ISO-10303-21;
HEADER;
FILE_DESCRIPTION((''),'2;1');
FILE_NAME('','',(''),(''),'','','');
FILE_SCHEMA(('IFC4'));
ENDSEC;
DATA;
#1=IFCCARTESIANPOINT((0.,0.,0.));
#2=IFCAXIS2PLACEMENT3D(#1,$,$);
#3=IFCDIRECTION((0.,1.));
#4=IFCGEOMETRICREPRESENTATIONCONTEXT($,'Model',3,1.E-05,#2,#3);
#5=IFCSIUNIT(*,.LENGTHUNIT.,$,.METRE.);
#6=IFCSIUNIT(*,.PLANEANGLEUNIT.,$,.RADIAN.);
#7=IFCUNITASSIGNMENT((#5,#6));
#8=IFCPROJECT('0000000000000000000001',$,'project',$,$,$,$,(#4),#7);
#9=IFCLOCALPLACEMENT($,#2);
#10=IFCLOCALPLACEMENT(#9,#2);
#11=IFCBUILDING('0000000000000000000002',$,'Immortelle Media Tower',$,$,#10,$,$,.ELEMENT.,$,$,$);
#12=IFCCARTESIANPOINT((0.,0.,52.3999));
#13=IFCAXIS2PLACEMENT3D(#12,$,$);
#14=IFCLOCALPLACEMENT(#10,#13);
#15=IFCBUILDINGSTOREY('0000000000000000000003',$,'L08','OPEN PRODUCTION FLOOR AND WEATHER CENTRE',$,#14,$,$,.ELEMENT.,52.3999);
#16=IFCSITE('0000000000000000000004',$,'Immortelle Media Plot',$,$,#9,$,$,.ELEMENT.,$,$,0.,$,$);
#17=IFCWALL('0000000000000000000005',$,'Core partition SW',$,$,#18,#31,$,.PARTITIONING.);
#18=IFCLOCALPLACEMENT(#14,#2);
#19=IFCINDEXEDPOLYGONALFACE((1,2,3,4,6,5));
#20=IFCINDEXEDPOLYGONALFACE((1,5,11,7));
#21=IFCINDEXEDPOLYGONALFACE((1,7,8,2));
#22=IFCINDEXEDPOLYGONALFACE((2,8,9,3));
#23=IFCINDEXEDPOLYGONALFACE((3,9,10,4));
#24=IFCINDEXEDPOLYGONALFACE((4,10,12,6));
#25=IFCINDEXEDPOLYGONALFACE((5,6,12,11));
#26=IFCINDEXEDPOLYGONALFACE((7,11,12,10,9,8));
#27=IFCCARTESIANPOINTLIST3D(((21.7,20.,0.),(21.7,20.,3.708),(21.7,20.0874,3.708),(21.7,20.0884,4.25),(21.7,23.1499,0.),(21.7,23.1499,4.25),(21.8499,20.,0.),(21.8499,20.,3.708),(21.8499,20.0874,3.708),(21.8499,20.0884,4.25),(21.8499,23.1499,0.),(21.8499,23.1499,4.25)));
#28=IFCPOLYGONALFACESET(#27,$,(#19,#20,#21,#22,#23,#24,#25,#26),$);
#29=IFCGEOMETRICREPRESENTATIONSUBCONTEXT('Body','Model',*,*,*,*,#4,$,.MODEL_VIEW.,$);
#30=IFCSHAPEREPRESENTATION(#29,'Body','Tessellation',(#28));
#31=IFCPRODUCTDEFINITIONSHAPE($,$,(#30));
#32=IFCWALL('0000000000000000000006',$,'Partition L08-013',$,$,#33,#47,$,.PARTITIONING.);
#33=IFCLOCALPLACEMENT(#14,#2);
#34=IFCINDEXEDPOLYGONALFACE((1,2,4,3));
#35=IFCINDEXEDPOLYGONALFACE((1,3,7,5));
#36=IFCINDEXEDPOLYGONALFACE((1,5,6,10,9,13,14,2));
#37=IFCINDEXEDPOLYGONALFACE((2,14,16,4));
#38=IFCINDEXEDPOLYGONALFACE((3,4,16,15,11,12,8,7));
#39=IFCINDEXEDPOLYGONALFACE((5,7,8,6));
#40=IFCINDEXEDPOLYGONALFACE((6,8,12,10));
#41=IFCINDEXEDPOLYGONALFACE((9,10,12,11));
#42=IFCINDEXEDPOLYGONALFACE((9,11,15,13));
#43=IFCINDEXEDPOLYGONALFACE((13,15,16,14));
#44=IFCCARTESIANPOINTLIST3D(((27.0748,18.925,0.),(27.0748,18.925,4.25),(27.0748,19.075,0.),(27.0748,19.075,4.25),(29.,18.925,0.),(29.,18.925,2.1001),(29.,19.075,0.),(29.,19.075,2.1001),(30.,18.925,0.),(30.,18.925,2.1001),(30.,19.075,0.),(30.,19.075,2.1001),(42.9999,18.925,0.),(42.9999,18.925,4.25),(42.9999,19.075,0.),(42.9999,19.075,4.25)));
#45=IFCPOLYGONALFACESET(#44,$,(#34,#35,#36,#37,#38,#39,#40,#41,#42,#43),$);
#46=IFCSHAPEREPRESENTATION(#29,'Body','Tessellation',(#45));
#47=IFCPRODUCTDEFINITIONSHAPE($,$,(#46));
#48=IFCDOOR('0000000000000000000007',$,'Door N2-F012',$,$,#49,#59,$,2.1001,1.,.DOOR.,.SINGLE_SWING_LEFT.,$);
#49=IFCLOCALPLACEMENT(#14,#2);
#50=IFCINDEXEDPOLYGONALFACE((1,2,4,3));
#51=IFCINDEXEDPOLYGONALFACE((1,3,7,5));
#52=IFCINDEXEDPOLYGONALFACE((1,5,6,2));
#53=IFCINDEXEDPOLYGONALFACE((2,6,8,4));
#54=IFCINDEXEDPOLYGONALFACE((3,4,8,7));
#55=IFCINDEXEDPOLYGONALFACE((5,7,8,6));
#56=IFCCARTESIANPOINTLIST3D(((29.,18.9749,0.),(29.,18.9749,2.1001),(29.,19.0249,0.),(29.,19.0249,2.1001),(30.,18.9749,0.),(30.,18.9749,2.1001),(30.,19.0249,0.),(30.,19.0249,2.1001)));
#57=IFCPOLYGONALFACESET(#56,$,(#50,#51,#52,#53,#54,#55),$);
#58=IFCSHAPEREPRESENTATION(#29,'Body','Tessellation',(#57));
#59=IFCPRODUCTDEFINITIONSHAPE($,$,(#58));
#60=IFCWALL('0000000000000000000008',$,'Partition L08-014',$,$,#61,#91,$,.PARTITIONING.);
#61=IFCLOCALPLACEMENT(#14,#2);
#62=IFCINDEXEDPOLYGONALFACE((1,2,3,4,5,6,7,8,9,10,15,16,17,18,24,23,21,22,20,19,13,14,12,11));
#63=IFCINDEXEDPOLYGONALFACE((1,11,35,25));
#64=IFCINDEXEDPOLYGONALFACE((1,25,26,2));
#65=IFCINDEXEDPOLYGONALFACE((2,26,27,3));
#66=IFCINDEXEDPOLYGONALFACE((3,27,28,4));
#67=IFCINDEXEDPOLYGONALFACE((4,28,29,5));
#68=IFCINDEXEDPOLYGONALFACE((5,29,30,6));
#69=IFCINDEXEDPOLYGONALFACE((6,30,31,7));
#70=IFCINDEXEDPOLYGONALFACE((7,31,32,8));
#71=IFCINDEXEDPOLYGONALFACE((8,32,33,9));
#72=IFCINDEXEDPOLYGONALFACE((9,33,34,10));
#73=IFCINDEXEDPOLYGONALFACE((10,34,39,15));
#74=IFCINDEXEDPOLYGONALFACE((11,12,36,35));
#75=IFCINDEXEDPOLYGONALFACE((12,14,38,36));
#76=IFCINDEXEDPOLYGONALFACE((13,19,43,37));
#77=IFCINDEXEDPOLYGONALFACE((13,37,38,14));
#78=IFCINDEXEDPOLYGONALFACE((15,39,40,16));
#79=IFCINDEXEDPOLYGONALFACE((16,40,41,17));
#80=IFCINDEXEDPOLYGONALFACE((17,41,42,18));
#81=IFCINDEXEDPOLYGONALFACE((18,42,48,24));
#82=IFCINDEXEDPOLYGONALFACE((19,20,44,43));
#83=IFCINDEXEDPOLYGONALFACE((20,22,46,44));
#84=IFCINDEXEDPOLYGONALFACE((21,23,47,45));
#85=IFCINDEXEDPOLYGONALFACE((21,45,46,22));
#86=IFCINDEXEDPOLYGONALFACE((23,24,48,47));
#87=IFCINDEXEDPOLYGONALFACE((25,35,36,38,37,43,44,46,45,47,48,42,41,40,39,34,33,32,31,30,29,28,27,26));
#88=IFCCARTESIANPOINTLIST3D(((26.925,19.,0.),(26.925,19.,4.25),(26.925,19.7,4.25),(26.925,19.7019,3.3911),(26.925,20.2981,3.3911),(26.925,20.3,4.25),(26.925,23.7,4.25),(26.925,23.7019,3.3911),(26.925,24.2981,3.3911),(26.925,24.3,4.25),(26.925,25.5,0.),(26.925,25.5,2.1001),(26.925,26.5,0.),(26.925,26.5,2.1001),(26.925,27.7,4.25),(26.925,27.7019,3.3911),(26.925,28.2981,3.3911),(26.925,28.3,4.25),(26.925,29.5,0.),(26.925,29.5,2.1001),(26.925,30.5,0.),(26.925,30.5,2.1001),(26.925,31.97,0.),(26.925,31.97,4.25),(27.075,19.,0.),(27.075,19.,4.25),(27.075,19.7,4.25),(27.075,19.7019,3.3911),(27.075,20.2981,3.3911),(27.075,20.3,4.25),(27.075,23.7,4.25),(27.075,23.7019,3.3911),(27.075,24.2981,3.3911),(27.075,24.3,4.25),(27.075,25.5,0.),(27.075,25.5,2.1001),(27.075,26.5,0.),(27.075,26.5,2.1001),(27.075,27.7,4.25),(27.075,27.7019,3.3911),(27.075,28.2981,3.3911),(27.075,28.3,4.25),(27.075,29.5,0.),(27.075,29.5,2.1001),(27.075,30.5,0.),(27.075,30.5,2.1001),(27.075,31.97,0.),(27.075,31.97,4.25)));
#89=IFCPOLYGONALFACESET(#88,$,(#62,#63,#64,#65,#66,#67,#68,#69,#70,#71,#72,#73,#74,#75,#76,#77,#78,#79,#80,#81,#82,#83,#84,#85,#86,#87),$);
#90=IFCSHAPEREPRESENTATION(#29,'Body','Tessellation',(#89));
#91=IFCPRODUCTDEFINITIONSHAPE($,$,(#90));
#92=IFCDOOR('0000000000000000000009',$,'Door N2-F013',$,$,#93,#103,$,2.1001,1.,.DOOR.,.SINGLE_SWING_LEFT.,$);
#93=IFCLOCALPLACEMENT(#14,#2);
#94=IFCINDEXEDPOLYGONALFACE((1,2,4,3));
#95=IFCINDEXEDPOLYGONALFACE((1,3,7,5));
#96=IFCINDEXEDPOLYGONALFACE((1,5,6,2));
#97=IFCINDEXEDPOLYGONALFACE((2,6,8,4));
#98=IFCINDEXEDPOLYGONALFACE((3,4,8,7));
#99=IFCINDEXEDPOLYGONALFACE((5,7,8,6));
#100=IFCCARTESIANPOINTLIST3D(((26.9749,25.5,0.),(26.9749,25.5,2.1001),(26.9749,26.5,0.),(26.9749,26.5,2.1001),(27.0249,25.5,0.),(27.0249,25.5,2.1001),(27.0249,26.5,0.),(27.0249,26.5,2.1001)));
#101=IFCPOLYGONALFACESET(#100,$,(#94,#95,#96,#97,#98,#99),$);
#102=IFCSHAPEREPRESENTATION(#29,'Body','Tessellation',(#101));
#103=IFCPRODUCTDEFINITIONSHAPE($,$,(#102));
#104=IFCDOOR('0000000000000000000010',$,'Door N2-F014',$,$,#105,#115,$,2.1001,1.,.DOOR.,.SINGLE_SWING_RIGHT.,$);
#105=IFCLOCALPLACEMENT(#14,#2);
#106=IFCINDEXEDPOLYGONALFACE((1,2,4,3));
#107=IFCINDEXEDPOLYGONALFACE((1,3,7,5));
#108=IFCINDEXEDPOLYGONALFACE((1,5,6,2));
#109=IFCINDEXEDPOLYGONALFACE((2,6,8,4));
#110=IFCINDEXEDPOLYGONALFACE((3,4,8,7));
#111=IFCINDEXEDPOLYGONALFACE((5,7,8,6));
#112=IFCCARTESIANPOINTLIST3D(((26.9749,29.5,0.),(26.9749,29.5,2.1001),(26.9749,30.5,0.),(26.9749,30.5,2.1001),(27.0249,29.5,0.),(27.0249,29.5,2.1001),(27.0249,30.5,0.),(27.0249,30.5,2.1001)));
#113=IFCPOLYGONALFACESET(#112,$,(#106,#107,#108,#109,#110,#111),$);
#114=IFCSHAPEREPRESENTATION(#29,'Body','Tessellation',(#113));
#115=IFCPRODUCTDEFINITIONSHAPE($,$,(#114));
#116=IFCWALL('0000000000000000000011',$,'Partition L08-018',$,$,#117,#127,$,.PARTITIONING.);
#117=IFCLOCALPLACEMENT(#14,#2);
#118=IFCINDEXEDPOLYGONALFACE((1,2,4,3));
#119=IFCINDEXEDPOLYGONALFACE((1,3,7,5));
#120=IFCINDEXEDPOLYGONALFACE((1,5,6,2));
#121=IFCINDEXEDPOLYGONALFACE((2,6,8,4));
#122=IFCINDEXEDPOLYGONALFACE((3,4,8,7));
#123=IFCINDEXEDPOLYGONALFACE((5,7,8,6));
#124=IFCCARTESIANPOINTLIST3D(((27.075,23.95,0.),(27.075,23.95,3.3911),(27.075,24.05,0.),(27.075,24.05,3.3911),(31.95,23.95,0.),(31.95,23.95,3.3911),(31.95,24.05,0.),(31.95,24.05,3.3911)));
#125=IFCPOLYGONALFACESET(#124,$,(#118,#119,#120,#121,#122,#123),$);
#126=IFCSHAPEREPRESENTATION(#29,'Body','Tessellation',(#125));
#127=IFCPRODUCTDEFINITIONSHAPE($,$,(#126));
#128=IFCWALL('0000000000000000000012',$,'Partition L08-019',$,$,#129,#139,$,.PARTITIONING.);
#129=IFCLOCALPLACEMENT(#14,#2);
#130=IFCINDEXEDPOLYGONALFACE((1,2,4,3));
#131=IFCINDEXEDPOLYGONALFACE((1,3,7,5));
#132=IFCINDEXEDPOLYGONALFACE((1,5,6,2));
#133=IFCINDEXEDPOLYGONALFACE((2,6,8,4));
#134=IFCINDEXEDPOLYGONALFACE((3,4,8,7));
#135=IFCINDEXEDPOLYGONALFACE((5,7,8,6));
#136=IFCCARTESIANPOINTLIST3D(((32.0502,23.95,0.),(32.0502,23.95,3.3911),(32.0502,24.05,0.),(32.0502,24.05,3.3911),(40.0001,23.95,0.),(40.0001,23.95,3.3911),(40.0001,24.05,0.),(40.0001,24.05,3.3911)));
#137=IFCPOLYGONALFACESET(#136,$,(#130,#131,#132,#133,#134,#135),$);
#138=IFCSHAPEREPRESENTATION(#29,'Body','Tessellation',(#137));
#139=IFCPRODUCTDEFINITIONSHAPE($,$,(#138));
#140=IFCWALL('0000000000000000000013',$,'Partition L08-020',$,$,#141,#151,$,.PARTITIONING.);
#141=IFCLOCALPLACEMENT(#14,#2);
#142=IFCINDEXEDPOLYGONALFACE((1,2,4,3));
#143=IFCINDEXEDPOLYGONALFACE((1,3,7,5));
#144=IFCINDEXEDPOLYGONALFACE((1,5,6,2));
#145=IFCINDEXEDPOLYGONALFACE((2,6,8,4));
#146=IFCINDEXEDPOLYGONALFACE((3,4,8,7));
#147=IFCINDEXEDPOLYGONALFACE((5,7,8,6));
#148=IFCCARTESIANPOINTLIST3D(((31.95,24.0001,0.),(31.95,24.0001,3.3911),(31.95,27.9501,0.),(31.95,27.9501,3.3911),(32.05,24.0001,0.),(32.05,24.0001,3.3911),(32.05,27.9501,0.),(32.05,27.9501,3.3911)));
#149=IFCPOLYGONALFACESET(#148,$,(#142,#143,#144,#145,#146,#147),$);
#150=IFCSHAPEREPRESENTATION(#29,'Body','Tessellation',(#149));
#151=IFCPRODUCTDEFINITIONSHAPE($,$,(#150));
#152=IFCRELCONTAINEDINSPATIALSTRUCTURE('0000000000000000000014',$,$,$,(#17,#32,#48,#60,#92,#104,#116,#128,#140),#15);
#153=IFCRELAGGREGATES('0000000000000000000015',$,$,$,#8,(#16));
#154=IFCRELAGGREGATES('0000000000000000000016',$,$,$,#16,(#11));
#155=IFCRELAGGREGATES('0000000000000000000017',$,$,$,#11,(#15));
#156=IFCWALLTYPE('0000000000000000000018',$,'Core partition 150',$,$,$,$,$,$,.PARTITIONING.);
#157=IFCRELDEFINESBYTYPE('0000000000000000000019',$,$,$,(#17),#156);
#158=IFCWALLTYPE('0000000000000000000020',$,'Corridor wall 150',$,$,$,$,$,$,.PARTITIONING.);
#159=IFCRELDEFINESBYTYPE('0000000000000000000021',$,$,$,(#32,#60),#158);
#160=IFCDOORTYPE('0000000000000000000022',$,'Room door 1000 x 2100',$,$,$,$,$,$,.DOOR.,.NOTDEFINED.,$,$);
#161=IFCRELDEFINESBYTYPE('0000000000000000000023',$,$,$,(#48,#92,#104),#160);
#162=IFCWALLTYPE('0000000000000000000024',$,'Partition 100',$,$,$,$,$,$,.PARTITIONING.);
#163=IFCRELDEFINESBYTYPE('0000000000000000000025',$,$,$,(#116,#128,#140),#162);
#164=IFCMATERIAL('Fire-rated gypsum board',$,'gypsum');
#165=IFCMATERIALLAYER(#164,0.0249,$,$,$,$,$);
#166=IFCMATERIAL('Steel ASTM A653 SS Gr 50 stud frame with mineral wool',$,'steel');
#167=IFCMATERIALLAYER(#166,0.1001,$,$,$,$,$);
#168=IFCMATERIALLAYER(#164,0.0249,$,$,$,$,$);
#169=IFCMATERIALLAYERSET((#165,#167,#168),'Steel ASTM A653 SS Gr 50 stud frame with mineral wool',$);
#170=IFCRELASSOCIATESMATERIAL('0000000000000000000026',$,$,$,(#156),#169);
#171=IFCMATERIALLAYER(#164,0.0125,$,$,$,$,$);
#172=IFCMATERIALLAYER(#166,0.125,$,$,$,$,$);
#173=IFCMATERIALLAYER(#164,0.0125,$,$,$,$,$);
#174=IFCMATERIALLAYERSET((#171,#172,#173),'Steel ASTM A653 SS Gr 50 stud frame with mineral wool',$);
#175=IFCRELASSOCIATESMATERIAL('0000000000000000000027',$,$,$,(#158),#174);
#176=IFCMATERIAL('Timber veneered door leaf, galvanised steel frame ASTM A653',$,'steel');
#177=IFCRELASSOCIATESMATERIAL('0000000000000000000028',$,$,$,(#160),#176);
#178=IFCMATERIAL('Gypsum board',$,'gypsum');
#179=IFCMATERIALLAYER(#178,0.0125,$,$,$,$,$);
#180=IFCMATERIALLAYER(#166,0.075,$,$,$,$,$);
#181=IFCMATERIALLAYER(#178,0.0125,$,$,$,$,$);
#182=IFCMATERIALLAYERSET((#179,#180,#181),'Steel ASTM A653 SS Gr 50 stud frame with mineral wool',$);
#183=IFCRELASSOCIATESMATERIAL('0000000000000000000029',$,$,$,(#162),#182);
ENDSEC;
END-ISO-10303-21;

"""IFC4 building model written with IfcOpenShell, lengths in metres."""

from ifc_helpers import new_model, si_unit, direction, frame, frame_2d, origin, place, context, subcontext, project, spatial, polyline, rectangle, outline, extrude, material, layer, layer_set, type_object, element, fill, save


model = new_model("IFC4")

# Units and contexts
model_context = context("Model", 3, precision=1e-05, world=origin(), true_north=direction((0.0, 1.0)))
body_context = subcontext(model_context, "Body", "Model", "MODEL_VIEW")
ifc_project = project(units=[si_unit("LENGTHUNIT", "METRE"), si_unit("PLANEANGLEUNIT", "RADIAN")], contexts=[model_context])

# Site, building, storey
site_placement = place(None, origin())
site = spatial("IfcSite", under=ifc_project, at=site_placement, Name="Immortelle Media Plot", CompositionType="ELEMENT", RefElevation=0.0)
building_placement = place(site_placement, origin())
building = spatial("IfcBuilding", under=site, at=building_placement, Name="Immortelle Media Tower", CompositionType="ELEMENT")
storey_placement = place(building_placement, frame((0.0, 0.0, 52.3999)))
storey = spatial("IfcBuildingStorey", under=building, at=storey_placement, Name="L08", Description="OPEN PRODUCTION FLOOR AND WEATHER CENTRE", CompositionType="ELEMENT", Elevation=52.3999)

# Wall
ifc_material_1 = material(Name="Fire-rated gypsum board", Category="gypsum")
ifc_layer_1 = layer(ifc_material_1, 0.0249)
ifc_material_2 = material(Name="Steel ASTM A653 SS Gr 50 stud frame with mineral wool", Category="steel")
ifc_layer_2 = layer(ifc_material_2, 0.1001)
ifc_layer_3 = layer(ifc_material_1, 0.0249)
ifc_layer_set_1 = layer_set([ifc_layer_1, ifc_layer_2, ifc_layer_3], Name="Steel ASTM A653 SS Gr 50 stud frame with mineral wool")
wall_type_1 = type_object("IfcWallType", Name="Core partition 150", PredefinedType="PARTITIONING", material=ifc_layer_set_1)
wall_1_placement = place(storey_placement, frame((21.7749, 20.0, 0.0), z_axis=(0.0, 0.0, 1.0), x_axis=(0.0, 1.0, 0.0)))
element("IfcWall", 1, at=wall_1_placement, inside=storey, type_object=wall_type_1, Name="Core partition SW", PredefinedType="PARTITIONING", context=body_context, shape_type="SweptSolid", body=[
    extrude(outline(polyline([(0.0, 0.0), (3.1499, 0.0), (3.1499, 4.25), (0.0884, 4.25), (0.0874, 3.708), (0.0, 3.708), (0.0, 0.0)])), frame((0.0, 0.075, 0.0), z_axis=(0.0, -1.0, 0.0), x_axis=(1.0, 0.0, 0.0)), (0.0, 0.0, 1.0), 0.1499),
])

# Wall, opening, door
ifc_layer_4 = layer(ifc_material_1, 0.0125)
ifc_layer_5 = layer(ifc_material_2, 0.125)
ifc_layer_6 = layer(ifc_material_1, 0.0125)
ifc_layer_set_2 = layer_set([ifc_layer_4, ifc_layer_5, ifc_layer_6], Name="Steel ASTM A653 SS Gr 50 stud frame with mineral wool")
wall_type_2 = type_object("IfcWallType", Name="Corridor wall 150", PredefinedType="PARTITIONING", material=ifc_layer_set_2)
wall_2_placement = place(storey_placement, frame((27.075, 19.0, 0.0), z_axis=(0.0, 0.0, 1.0), x_axis=(1.0, 0.0, 0.0)))
wall_2 = element("IfcWall", 2, at=wall_2_placement, inside=storey, type_object=wall_type_2, Name="Partition L08-013", PredefinedType="PARTITIONING", context=body_context, shape_type="SweptSolid", body=[
    extrude(rectangle(XDim=15.925, YDim=0.1499, at=frame_2d((7.9624, 0.0))), origin(), (0.0, 0.0, 1.0), 4.25),
])
opening_1_placement = place(wall_2_placement, frame((1.925, 0.0, 0.0)))
opening_1 = element("IfcOpeningElement", 3, at=opening_1_placement, cuts=wall_2, PredefinedType="OPENING", context=body_context, shape_type="SweptSolid", body=[
    extrude(rectangle(XDim=1.0, YDim=2.1001, at=frame_2d((0.5, 1.05))), frame((0.0, 0.085, 0.0), z_axis=(0.0, -1.0, 0.0), x_axis=(1.0, 0.0, 0.0)), (0.0, 0.0, 1.0), 0.1699),
])
ifc_material_3 = material(Name="Timber veneered door leaf, galvanised steel frame ASTM A653", Category="steel")
door_type = type_object("IfcDoorType", Name="Room door 1000 x 2100", OperationType="NOTDEFINED", PredefinedType="DOOR", material=ifc_material_3)
door_1_placement = place(opening_1_placement, origin())
door_1 = element("IfcDoor", 4, at=door_1_placement, inside=storey, type_object=door_type, Name="Door N2-F012", OperationType="SINGLE_SWING_LEFT", OverallHeight=2.1001, OverallWidth=1.0, PredefinedType="DOOR", context=body_context, shape_type="SweptSolid", body=[
    extrude(rectangle(XDim=1.0, YDim=2.1001, at=frame_2d((0.5, 1.05))), frame((0.0, 0.0249, 0.0), z_axis=(0.0, -1.0, 0.0), x_axis=(1.0, 0.0, 0.0)), (0.0, 0.0, 1.0), 0.05),
])
fill(opening_1, door_1)

# Wall, openings, doors
wall_3_placement = place(storey_placement, frame((27.0, 19.0, 0.0), z_axis=(0.0, 0.0, 1.0), x_axis=(0.0, 1.0, 0.0)))
wall_3 = element("IfcWall", 5, at=wall_3_placement, inside=storey, type_object=wall_type_2, Name="Partition L08-014", PredefinedType="PARTITIONING", context=body_context, shape_type="SweptSolid", body=[
    extrude(outline(polyline([(0.0, 0.0), (12.97, 0.0), (12.97, 4.25), (9.3, 4.25), (9.2981, 3.3911), (8.7019, 3.3911), (8.7, 4.25), (5.3, 4.25), (5.2981, 3.3911), (4.7019, 3.3911), (4.7, 4.25), (1.3, 4.25), (1.2981, 3.3911), (0.7019, 3.3911), (0.7, 4.25), (0.0, 4.25), (0.0, 0.0)])), frame((0.0, 0.075, 0.0), z_axis=(0.0, -1.0, 0.0), x_axis=(1.0, 0.0, 0.0)), (0.0, 0.0, 1.0), 0.1499),
])
opening_2_placement = place(wall_3_placement, frame((7.5, 0.0, 0.0), z_axis=(0.0, 0.0, 1.0), x_axis=(-1.0, 0.0, 0.0)))
opening_2 = element("IfcOpeningElement", 6, at=opening_2_placement, cuts=wall_3, PredefinedType="OPENING", context=body_context, shape_type="SweptSolid", body=[
    extrude(rectangle(XDim=1.0, YDim=2.1001, at=frame_2d((0.5, 1.05))), frame((0.0, 0.085, 0.0), z_axis=(0.0, -1.0, 0.0), x_axis=(1.0, 0.0, 0.0)), (0.0, 0.0, 1.0), 0.1699),
])
opening_3_placement = place(wall_3_placement, frame((11.5, 0.0, 0.0), z_axis=(0.0, 0.0, 1.0), x_axis=(-1.0, 0.0, 0.0)))
opening_3 = element("IfcOpeningElement", 7, at=opening_3_placement, cuts=wall_3, PredefinedType="OPENING", context=body_context, shape_type="SweptSolid", body=[
    extrude(rectangle(XDim=1.0, YDim=2.1001, at=frame_2d((0.5, 1.05))), frame((0.0, 0.085, 0.0), z_axis=(0.0, -1.0, 0.0), x_axis=(1.0, 0.0, 0.0)), (0.0, 0.0, 1.0), 0.1699),
])
door_2_placement = place(opening_2_placement, origin())
door_2 = element("IfcDoor", 8, at=door_2_placement, inside=storey, type_object=door_type, Name="Door N2-F013", OperationType="SINGLE_SWING_LEFT", OverallHeight=2.1001, OverallWidth=1.0, PredefinedType="DOOR", context=body_context, shape_type="SweptSolid", body=[
    extrude(rectangle(XDim=1.0, YDim=2.1001, at=frame_2d((0.5, 1.05))), frame((0.0, 0.0249, 0.0), z_axis=(0.0, -1.0, 0.0), x_axis=(1.0, 0.0, 0.0)), (0.0, 0.0, 1.0), 0.05),
])
fill(opening_2, door_2)
door_3_placement = place(opening_3_placement, origin())
door_3 = element("IfcDoor", 9, at=door_3_placement, inside=storey, type_object=door_type, Name="Door N2-F014", OperationType="SINGLE_SWING_RIGHT", OverallHeight=2.1001, OverallWidth=1.0, PredefinedType="DOOR", context=body_context, shape_type="SweptSolid", body=[
    extrude(rectangle(XDim=1.0, YDim=2.1001, at=frame_2d((0.5, 1.05))), frame((0.0, 0.0249, 0.0), z_axis=(0.0, -1.0, 0.0), x_axis=(1.0, 0.0, 0.0)), (0.0, 0.0, 1.0), 0.05),
])
fill(opening_3, door_3)

# Walls
ifc_material_4 = material(Name="Gypsum board", Category="gypsum")
ifc_layer_7 = layer(ifc_material_4, 0.0125)
ifc_layer_8 = layer(ifc_material_2, 0.075)
ifc_layer_9 = layer(ifc_material_4, 0.0125)
ifc_layer_set_3 = layer_set([ifc_layer_7, ifc_layer_8, ifc_layer_9], Name="Steel ASTM A653 SS Gr 50 stud frame with mineral wool")
wall_type_3 = type_object("IfcWallType", Name="Partition 100", PredefinedType="PARTITIONING", material=ifc_layer_set_3)
wall_4_placement = place(storey_placement, frame((27.075, 24.0, 0.0), z_axis=(0.0, 0.0, 1.0), x_axis=(1.0, 0.0, 0.0)))
element("IfcWall", 10, at=wall_4_placement, inside=storey, type_object=wall_type_3, Name="Partition L08-018", PredefinedType="PARTITIONING", context=body_context, shape_type="SweptSolid", body=[
    extrude(rectangle(XDim=4.875, YDim=0.1001, at=frame_2d((2.4375, 0.0))), origin(), (0.0, 0.0, 1.0), 3.3911),
])
wall_5_placement = place(storey_placement, frame((32.05, 24.0, 0.0), z_axis=(0.0, 0.0, 1.0), x_axis=(1.0, 0.0, 0.0)))
element("IfcWall", 11, at=wall_5_placement, inside=storey, type_object=wall_type_3, Name="Partition L08-019", PredefinedType="PARTITIONING", context=body_context, shape_type="SweptSolid", body=[
    extrude(rectangle(XDim=7.95, YDim=0.1001, at=frame_2d((3.9751, 0.0))), origin(), (0.0, 0.0, 1.0), 3.3911),
])
wall_6_placement = place(storey_placement, frame((32.0, 24.0, 0.0), z_axis=(0.0, 0.0, 1.0), x_axis=(0.0, 1.0, 0.0)))
element("IfcWall", 12, at=wall_6_placement, inside=storey, type_object=wall_type_3, Name="Partition L08-020", PredefinedType="PARTITIONING", context=body_context, shape_type="SweptSolid", body=[
    extrude(rectangle(XDim=3.95, YDim=0.1001, at=frame_2d((1.9751, 0.0))), origin(), (0.0, 0.0, 1.0), 3.3911),
])

save(model, "model.ifc")
